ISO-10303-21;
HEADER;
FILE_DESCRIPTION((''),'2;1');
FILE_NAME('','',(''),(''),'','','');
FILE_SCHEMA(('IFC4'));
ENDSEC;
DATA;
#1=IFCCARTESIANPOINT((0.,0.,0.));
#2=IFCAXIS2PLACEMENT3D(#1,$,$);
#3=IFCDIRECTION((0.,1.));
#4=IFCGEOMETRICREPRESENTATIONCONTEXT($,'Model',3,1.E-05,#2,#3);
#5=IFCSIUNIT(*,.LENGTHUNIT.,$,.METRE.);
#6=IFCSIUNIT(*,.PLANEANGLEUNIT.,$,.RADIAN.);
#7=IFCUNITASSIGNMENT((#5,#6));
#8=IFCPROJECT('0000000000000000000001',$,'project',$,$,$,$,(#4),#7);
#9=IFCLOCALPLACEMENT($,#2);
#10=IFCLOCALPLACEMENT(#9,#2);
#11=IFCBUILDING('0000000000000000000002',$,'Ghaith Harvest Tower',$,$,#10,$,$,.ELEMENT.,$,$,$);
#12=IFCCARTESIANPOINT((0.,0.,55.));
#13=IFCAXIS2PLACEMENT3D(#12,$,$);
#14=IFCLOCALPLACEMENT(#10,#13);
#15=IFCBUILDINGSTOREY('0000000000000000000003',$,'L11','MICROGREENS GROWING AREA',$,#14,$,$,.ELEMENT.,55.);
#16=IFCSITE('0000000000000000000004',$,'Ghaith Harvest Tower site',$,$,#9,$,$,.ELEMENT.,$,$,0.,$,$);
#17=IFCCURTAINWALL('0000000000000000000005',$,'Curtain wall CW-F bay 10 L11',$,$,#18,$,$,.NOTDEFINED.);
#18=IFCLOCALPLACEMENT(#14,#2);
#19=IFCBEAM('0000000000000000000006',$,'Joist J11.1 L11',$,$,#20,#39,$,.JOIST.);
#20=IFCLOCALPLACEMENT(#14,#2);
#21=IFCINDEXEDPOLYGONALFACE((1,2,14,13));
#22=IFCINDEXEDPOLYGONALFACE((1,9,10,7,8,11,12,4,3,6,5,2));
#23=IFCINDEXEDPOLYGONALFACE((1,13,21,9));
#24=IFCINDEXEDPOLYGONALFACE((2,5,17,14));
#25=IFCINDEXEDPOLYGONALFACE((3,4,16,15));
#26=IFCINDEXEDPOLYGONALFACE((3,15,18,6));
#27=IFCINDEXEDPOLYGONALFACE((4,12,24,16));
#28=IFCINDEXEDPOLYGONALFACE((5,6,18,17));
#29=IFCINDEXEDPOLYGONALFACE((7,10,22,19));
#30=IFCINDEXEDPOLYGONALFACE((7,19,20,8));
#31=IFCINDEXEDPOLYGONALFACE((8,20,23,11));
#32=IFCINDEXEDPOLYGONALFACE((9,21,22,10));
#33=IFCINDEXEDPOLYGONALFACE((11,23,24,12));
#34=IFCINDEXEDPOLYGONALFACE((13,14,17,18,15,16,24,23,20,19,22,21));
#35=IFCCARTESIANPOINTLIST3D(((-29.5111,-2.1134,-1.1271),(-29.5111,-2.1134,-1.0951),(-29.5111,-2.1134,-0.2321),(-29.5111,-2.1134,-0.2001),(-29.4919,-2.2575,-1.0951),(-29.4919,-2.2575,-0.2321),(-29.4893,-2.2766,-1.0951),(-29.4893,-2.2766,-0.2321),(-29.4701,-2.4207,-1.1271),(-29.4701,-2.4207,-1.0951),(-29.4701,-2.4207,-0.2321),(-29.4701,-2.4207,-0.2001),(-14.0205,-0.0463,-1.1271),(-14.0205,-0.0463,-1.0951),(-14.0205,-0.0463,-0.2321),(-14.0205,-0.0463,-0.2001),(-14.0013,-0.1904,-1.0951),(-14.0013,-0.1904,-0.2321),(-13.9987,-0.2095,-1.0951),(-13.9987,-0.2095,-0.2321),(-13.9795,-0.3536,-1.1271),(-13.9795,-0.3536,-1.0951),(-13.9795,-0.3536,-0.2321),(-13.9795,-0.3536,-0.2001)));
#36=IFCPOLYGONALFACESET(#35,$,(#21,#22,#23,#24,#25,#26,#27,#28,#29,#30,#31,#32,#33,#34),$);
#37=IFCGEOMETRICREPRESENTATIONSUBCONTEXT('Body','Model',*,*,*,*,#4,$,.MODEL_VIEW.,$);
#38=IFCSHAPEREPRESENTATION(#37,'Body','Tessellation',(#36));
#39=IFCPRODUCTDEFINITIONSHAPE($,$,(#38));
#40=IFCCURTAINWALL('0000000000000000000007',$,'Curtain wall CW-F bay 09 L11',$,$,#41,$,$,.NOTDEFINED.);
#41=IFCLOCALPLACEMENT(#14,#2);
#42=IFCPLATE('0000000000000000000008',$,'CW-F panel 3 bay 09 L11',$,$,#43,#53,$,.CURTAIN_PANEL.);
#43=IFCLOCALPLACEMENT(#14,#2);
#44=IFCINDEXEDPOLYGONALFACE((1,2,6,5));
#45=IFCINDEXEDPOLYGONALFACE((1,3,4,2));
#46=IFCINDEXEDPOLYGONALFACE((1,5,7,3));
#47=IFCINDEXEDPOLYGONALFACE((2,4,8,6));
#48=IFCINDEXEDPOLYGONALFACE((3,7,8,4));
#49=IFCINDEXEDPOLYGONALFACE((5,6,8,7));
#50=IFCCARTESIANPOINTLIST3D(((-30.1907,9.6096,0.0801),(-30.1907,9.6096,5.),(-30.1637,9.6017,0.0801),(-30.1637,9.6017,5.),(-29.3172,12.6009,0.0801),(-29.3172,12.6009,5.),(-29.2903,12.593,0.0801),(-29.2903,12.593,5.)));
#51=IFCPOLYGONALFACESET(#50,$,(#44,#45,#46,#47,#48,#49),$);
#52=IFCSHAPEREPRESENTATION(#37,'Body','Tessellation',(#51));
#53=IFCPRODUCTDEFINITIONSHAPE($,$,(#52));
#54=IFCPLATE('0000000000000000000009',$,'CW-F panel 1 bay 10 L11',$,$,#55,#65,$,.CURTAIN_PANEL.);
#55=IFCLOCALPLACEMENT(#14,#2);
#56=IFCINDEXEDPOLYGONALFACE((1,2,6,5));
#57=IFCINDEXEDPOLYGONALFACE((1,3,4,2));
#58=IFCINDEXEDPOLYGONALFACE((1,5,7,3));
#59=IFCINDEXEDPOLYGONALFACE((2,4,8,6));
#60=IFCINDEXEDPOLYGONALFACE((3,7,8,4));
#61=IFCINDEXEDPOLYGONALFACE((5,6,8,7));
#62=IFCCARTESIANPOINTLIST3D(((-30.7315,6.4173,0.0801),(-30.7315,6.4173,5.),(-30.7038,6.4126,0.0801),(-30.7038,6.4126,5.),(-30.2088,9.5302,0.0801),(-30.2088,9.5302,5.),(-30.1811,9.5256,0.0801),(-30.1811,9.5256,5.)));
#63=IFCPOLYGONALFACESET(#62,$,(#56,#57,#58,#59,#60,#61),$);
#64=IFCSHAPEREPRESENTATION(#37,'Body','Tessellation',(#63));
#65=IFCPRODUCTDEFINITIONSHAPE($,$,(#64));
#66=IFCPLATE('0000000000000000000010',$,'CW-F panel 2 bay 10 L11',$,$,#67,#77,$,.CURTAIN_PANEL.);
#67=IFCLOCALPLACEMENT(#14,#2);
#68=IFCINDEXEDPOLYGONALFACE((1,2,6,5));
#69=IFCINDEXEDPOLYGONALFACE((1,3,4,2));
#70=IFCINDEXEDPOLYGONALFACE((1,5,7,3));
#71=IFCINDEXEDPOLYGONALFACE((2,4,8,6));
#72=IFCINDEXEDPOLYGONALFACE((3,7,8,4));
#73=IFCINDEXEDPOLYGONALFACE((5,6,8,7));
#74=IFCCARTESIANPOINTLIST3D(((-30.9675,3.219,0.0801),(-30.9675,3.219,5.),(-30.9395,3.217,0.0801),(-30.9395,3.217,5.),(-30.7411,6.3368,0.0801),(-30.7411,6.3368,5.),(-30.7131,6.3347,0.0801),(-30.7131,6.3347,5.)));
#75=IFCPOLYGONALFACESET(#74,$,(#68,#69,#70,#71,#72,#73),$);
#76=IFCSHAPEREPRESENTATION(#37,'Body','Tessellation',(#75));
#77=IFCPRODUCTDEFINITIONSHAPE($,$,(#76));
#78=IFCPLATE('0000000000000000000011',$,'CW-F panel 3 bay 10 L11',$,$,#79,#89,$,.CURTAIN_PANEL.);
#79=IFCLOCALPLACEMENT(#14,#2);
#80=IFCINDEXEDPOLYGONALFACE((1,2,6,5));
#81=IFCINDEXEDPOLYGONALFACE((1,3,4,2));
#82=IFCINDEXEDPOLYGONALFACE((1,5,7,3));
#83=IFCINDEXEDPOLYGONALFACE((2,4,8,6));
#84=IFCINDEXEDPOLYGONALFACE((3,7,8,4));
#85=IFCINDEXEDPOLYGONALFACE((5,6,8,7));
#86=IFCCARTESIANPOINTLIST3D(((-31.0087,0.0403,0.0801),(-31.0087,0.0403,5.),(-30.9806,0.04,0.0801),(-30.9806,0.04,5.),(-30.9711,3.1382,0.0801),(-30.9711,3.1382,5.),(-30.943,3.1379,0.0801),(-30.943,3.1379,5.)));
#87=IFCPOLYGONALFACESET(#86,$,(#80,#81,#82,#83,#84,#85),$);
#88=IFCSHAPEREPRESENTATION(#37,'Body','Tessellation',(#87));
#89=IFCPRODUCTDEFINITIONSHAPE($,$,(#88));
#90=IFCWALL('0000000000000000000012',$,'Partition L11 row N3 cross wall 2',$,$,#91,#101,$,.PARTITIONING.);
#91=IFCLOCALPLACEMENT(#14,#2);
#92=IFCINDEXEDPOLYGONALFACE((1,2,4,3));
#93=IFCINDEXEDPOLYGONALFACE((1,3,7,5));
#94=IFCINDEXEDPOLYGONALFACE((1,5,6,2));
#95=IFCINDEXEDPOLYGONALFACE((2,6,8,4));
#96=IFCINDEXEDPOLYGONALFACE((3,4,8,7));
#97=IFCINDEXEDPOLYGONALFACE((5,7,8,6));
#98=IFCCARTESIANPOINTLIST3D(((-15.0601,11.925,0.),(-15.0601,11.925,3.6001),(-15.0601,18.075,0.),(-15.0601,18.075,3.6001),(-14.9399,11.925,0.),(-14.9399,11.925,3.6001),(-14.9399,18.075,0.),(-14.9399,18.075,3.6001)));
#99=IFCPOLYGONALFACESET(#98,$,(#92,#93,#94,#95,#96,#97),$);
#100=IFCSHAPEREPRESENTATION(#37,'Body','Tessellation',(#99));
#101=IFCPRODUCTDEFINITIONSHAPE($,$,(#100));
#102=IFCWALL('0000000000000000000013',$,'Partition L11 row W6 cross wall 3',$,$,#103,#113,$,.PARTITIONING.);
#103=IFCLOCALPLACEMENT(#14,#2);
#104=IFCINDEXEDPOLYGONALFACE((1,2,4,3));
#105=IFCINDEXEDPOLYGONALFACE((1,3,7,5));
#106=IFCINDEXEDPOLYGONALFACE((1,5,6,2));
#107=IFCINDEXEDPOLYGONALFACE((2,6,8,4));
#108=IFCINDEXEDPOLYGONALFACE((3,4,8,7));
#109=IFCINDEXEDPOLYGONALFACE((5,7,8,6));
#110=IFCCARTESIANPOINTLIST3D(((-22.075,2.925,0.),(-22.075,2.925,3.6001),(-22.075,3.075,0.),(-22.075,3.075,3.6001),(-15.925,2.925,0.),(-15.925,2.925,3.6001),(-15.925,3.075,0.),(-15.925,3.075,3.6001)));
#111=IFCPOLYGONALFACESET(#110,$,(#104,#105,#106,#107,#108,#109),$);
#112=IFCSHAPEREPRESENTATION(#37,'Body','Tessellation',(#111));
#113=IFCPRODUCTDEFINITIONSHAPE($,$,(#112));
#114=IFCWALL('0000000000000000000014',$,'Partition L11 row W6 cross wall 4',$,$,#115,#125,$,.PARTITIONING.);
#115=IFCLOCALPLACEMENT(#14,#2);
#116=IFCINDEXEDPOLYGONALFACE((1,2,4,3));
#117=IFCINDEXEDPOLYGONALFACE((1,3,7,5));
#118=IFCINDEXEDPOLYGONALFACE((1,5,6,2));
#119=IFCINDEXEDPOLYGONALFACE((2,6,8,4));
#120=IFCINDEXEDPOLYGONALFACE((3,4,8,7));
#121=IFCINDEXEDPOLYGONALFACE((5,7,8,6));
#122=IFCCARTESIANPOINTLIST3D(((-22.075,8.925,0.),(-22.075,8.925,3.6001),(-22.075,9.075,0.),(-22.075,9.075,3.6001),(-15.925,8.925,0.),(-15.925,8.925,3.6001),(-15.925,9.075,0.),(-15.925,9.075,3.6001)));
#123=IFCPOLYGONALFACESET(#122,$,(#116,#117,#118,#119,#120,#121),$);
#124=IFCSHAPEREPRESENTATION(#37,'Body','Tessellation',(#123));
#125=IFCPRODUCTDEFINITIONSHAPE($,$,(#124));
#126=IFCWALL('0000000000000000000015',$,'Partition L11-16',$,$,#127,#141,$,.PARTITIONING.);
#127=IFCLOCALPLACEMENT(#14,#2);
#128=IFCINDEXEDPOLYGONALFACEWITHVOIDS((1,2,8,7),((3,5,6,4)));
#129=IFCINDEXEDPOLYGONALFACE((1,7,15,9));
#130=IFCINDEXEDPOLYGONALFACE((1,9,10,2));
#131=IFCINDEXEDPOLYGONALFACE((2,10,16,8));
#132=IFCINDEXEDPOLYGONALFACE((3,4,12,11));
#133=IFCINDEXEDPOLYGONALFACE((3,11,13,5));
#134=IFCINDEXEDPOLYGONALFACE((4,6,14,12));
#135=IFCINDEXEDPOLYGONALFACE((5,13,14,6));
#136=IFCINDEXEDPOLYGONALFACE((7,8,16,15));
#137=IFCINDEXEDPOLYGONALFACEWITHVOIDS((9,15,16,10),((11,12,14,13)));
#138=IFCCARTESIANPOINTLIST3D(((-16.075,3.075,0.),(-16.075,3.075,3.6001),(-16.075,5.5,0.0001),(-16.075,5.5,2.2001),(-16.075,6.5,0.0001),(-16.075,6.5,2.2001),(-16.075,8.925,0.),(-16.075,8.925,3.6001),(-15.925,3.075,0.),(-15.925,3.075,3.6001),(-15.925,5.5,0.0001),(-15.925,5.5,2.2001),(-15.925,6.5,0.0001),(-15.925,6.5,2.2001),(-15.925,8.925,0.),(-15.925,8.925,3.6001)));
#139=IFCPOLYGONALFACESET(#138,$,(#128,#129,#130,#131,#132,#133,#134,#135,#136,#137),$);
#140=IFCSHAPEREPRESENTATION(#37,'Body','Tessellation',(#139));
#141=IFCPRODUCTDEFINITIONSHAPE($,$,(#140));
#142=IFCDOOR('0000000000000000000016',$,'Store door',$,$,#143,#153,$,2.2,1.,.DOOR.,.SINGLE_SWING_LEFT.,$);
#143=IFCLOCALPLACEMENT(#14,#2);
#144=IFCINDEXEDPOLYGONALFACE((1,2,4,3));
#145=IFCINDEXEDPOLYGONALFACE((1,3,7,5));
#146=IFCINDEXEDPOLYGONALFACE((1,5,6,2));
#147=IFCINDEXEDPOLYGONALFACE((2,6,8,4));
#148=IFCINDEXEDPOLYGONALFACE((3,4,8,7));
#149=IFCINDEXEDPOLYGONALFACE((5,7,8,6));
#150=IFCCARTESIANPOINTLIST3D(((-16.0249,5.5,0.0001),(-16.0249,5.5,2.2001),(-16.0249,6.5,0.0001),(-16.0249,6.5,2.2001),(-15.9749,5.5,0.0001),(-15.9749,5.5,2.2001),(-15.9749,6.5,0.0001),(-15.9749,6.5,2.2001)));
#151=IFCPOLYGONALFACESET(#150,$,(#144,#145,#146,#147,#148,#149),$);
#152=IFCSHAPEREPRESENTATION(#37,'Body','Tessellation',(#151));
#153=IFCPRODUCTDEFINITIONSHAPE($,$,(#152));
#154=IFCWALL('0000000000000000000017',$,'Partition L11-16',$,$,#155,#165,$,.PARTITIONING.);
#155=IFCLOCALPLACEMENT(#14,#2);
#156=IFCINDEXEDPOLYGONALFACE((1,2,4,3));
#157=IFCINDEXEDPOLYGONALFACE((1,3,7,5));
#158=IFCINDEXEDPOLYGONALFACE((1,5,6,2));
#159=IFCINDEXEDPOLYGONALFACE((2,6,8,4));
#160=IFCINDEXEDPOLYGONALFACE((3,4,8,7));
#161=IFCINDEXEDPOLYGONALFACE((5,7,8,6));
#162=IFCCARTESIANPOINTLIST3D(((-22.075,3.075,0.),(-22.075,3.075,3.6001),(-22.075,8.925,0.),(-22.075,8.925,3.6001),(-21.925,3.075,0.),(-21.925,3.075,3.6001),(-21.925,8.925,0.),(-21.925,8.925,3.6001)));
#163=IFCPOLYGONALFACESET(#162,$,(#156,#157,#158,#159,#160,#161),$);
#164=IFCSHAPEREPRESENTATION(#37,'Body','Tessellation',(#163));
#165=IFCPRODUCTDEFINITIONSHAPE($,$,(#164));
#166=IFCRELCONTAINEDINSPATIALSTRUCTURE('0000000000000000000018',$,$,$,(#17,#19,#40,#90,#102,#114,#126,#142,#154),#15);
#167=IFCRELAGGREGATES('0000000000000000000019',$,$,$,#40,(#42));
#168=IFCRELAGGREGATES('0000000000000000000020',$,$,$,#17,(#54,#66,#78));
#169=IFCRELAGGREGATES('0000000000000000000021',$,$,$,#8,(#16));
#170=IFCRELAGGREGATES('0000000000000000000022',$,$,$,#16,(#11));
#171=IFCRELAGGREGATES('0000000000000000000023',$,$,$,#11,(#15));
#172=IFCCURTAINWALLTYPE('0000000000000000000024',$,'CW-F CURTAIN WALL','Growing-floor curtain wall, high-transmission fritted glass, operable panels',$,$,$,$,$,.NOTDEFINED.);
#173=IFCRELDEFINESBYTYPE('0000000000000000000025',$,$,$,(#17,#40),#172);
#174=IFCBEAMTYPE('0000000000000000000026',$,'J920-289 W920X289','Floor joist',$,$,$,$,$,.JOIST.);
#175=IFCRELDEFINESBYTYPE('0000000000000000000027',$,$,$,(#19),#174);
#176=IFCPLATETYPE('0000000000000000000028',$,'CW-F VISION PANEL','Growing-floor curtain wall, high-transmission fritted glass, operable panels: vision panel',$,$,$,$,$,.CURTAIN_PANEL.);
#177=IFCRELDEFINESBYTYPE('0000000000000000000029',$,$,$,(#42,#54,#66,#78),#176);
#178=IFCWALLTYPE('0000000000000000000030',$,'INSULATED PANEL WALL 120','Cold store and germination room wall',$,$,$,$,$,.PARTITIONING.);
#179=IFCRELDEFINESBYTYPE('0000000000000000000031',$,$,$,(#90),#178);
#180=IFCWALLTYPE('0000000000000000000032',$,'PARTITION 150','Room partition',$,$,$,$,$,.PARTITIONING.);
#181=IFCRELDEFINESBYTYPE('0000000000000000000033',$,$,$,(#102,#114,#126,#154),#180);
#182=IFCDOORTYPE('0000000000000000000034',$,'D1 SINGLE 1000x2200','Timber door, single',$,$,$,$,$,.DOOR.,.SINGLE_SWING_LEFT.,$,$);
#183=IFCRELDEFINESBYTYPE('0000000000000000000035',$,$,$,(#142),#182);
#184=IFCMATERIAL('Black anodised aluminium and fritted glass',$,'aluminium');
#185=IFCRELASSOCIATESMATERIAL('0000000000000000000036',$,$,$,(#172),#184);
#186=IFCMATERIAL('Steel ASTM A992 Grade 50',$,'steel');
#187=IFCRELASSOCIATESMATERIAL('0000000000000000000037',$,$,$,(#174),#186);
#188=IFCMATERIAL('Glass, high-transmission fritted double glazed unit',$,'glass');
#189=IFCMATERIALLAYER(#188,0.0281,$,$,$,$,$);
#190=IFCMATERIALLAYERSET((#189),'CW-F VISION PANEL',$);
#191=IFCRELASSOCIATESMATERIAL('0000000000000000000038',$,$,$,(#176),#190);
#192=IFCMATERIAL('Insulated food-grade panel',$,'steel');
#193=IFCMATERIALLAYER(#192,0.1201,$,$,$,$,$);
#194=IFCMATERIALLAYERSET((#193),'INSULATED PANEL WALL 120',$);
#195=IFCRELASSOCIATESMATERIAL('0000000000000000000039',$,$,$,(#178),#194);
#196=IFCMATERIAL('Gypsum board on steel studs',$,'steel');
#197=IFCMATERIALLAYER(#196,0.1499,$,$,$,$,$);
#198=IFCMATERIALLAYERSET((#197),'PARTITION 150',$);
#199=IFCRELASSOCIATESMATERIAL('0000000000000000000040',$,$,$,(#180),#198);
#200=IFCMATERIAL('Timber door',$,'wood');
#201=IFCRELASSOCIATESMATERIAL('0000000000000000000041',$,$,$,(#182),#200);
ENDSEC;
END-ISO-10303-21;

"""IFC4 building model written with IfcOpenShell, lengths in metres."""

from ifc_helpers import new_model, si_unit, direction, frame, frame_2d, origin, origin_2d, place, context, subcontext, project, spatial, rectangle, i_section, extrude, material, layer, layer_set, material_profile, profile_set, type_object, element, fill, aggregate, save


model = new_model("IFC4")

# Units and contexts
model_context = context("Model", 3, precision=1e-05, world=origin(), true_north=direction((0.0, 1.0)))
body_context = subcontext(model_context, "Body", "Model", "MODEL_VIEW")
ifc_project = project(units=[si_unit("LENGTHUNIT", "METRE"), si_unit("PLANEANGLEUNIT", "RADIAN")], contexts=[model_context])

# Site, building, storey
site_placement = place(None, origin())
site = spatial("IfcSite", under=ifc_project, at=site_placement, Name="Ghaith Harvest Tower site", CompositionType="ELEMENT", RefElevation=0.0)
building_placement = place(site_placement, origin())
building = spatial("IfcBuilding", under=site, at=building_placement, Name="Ghaith Harvest Tower", CompositionType="ELEMENT")
storey_placement = place(building_placement, frame((0.0, 0.0, 55.0)))
storey = spatial("IfcBuildingStorey", under=building, at=storey_placement, Name="L11", Description="MICROGREENS GROWING AREA", CompositionType="ELEMENT", Elevation=55.0)

# Curtain wall
ifc_material_1 = material(Name="Black anodised aluminium and fritted glass", Category="aluminium")
curtain_wall_type = type_object("IfcCurtainWallType", Name="CW-F CURTAIN WALL", Description="Growing-floor curtain wall, high-transmission fritted glass, operable panels", PredefinedType="NOTDEFINED", material=ifc_material_1)
curtain_wall_1_placement = place(storey_placement, origin())
curtain_wall_1 = element("IfcCurtainWall", 1, at=curtain_wall_1_placement, inside=storey, type_object=curtain_wall_type, Name="Curtain wall CW-F bay 10 L11", PredefinedType="NOTDEFINED")

# Beam
ifc_material_2 = material(Name="Steel ASTM A992 Grade 50", Category="steel")
ifc_material_profile_1 = material_profile(ifc_material_2, i_section(OverallWidth=0.3101, OverallDepth=0.927, WebThickness=0.0193, FlangeThickness=0.032, at=origin_2d()), Name="W920X289")
ifc_profile_set_1 = profile_set([ifc_material_profile_1], Name="Steel ASTM A992 Grade 50")
beam_type_1 = type_object("IfcBeamType", Name="J920-289 W920X289", Description="Floor joist", PredefinedType="JOIST", material=ifc_profile_set_1)
beam_1_placement = place(storey_placement, frame((-14.0, -0.2, -0.6636), z_axis=(-0.991214, -0.132271, 0.0), x_axis=(0.132271, -0.991214, 0.0)))
element("IfcBeam", 2, at=beam_1_placement, inside=storey, type_object=beam_type_1, Name="Joist J11.1 L11", PredefinedType="JOIST", context=body_context, shape_type="SweptSolid", body=[
    extrude(i_section(OverallWidth=0.3101, OverallDepth=0.927, WebThickness=0.0193, FlangeThickness=0.032, at=origin_2d()), origin(), (0.0, 0.0, 1.0), 15.6279),
])

# Curtain wall, plate
curtain_wall_2_placement = place(storey_placement, origin())
curtain_wall_2 = element("IfcCurtainWall", 3, at=curtain_wall_2_placement, inside=storey, type_object=curtain_wall_type, Name="Curtain wall CW-F bay 09 L11", PredefinedType="NOTDEFINED")
ifc_material_3 = material(Name="Glass, high-transmission fritted double glazed unit", Category="glass")
ifc_layer_1 = layer(ifc_material_3, 0.0281)
ifc_layer_set_1 = layer_set([ifc_layer_1], Name="CW-F VISION PANEL")
plate_type = type_object("IfcPlateType", Name="CW-F VISION PANEL", Description="Growing-floor curtain wall, high-transmission fritted glass, operable panels: vision panel", PredefinedType="CURTAIN_PANEL", material=ifc_layer_set_1)
plate_1_placement = place(storey_placement, frame((-29.7405, 11.1013, 0.0801), z_axis=(0.0, 0.0, 1.0), x_axis=(-0.280297, -0.959913, 0.0)))
plate_1 = element("IfcPlate", 4, at=plate_1_placement, type_object=plate_type, Name="CW-F panel 3 bay 09 L11", PredefinedType="CURTAIN_PANEL", context=body_context, shape_type="SweptSolid", body=[
    extrude(rectangle(XDim=3.1162, YDim=0.0281, at=origin_2d()), origin(), (0.0, 0.0, 1.0), 4.9199),
])
aggregate(curtain_wall_2, [plate_1])

# Plates
plate_2_placement = place(storey_placement, frame((-30.4563, 7.9714, 0.0801), z_axis=(0.0, 0.0, 1.0), x_axis=(-0.165581, -0.986196, 0.0)))
plate_2 = element("IfcPlate", 5, at=plate_2_placement, type_object=plate_type, Name="CW-F panel 1 bay 10 L11", PredefinedType="CURTAIN_PANEL", context=body_context, shape_type="SweptSolid", body=[
    extrude(rectangle(XDim=3.1565, YDim=0.0281, at=origin_2d()), origin(), (0.0, 0.0, 1.0), 4.9199),
])
plate_3_placement = place(storey_placement, frame((-30.8403, 4.7769, 0.0801), z_axis=(0.0, 0.0, 1.0), x_axis=(-0.072421, -0.997374, 0.0)))
plate_3 = element("IfcPlate", 6, at=plate_3_placement, type_object=plate_type, Name="CW-F panel 2 bay 10 L11", PredefinedType="CURTAIN_PANEL", context=body_context, shape_type="SweptSolid", body=[
    extrude(rectangle(XDim=3.126, YDim=0.0281, at=origin_2d()), origin(), (0.0, 0.0, 1.0), 4.9199),
])
plate_4_placement = place(storey_placement, frame((-30.9758, 1.5891, 0.0801), z_axis=(0.0, 0.0, 1.0), x_axis=(-0.012133, -0.999926, 0.0)))
plate_4 = element("IfcPlate", 7, at=plate_4_placement, type_object=plate_type, Name="CW-F panel 3 bay 10 L11", PredefinedType="CURTAIN_PANEL", context=body_context, shape_type="SweptSolid", body=[
    extrude(rectangle(XDim=3.0981, YDim=0.0281, at=origin_2d()), origin(), (0.0, 0.0, 1.0), 4.9199),
])
aggregate(curtain_wall_1, [plate_2, plate_3, plate_4])

# Walls
ifc_material_4 = material(Name="Insulated food-grade panel", Category="steel")
ifc_layer_2 = layer(ifc_material_4, 0.1201)
ifc_layer_set_2 = layer_set([ifc_layer_2], Name="INSULATED PANEL WALL 120")
wall_type_1 = type_object("IfcWallType", Name="INSULATED PANEL WALL 120", Description="Cold store and germination room wall", PredefinedType="PARTITIONING", material=ifc_layer_set_2)
wall_1_placement = place(storey_placement, frame((-15.0, 11.925, 0.0), z_axis=(0.0, 0.0, 1.0), x_axis=(0.0, 1.0, 0.0)))
element("IfcWall", 8, at=wall_1_placement, inside=storey, type_object=wall_type_1, Name="Partition L11 row N3 cross wall 2", PredefinedType="PARTITIONING", context=body_context, shape_type="SweptSolid", body=[
    extrude(rectangle(XDim=6.1499, YDim=0.1201, at=frame_2d((3.075, 0.0))), origin(), (0.0, 0.0, 1.0), 3.6001),
])
ifc_material_5 = material(Name="Gypsum board on steel studs", Category="steel")
ifc_layer_3 = layer(ifc_material_5, 0.1499)
ifc_layer_set_3 = layer_set([ifc_layer_3], Name="PARTITION 150")
wall_type_2 = type_object("IfcWallType", Name="PARTITION 150", Description="Room partition", PredefinedType="PARTITIONING", material=ifc_layer_set_3)
for number, where, z_axis, x_axis, name in (
    (9, (-15.925, 3.0, 0.0), (0.0, 0.0, 1.0), (-1.0, 0.0, 0.0), "Partition L11 row W6 cross wall 3"),
    (10, (-15.925, 9.0, 0.0), (0.0, 0.0, 1.0), (-1.0, 0.0, 0.0), "Partition L11 row W6 cross wall 4"),
):
    element("IfcWall", number, at=place(storey_placement, frame(where, z_axis=z_axis, x_axis=x_axis)), inside=storey, type_object=wall_type_2, Name=name, PredefinedType="PARTITIONING", context=body_context, shape_type="SweptSolid", body=[
        extrude(rectangle(XDim=6.1499, YDim=0.1499, at=frame_2d((3.075, 0.0))), origin(), (0.0, 0.0, 1.0), 3.6001),
    ])

# Wall, opening, door
wall_2_placement = place(storey_placement, frame((-16.0, 3.075, 0.0), z_axis=(0.0, 0.0, 1.0), x_axis=(0.0, 1.0, 0.0)))
wall_2 = element("IfcWall", 11, at=wall_2_placement, inside=storey, type_object=wall_type_2, Name="Partition L11-16", PredefinedType="PARTITIONING", context=body_context, shape_type="SweptSolid", body=[
    extrude(rectangle(XDim=5.8501, YDim=0.1499, at=frame_2d((2.925, 0.0))), origin(), (0.0, 0.0, 1.0), 3.6001),
])
opening_placement = place(wall_2_placement, frame((2.425, 0.0, 0.0)))
opening = element("IfcOpeningElement", 12, at=opening_placement, cuts=wall_2, PredefinedType="OPENING", context=body_context, shape_type="SweptSolid", body=[
    extrude(rectangle(XDim=1.0, YDim=2.2, at=frame_2d((0.5, 1.1001))), frame((0.0, 0.085, 0.0), z_axis=(0.0, -1.0, 0.0), x_axis=(1.0, 0.0, 0.0)), (0.0, 0.0, 1.0), 0.1699),
])
ifc_material_6 = material(Name="Timber door", Category="wood")
door_type = type_object("IfcDoorType", Name="D1 SINGLE 1000x2200", Description="Timber door, single", OperationType="SINGLE_SWING_LEFT", PredefinedType="DOOR", material=ifc_material_6)
door_placement = place(opening_placement, origin())
door = element("IfcDoor", 13, at=door_placement, inside=storey, type_object=door_type, Name="Store door", OperationType="SINGLE_SWING_LEFT", OverallHeight=2.2, OverallWidth=1.0, PredefinedType="DOOR", context=body_context, shape_type="SweptSolid", body=[
    extrude(rectangle(XDim=1.0, YDim=2.2, at=frame_2d((0.5, 1.1001))), frame((0.0, 0.0249, 0.0), z_axis=(0.0, -1.0, 0.0), x_axis=(1.0, 0.0, 0.0)), (0.0, 0.0, 1.0), 0.05),
])
fill(opening, door)

# Wall
wall_3_placement = place(storey_placement, frame((-22.0, 3.075, 0.0), z_axis=(0.0, 0.0, 1.0), x_axis=(0.0, 1.0, 0.0)))
element("IfcWall", 14, at=wall_3_placement, inside=storey, type_object=wall_type_2, Name="Partition L11-16", PredefinedType="PARTITIONING", context=body_context, shape_type="SweptSolid", body=[
    extrude(rectangle(XDim=5.8501, YDim=0.1499, at=frame_2d((2.925, 0.0))), origin(), (0.0, 0.0, 1.0), 3.6001),
])

save(model, "model.ifc")
